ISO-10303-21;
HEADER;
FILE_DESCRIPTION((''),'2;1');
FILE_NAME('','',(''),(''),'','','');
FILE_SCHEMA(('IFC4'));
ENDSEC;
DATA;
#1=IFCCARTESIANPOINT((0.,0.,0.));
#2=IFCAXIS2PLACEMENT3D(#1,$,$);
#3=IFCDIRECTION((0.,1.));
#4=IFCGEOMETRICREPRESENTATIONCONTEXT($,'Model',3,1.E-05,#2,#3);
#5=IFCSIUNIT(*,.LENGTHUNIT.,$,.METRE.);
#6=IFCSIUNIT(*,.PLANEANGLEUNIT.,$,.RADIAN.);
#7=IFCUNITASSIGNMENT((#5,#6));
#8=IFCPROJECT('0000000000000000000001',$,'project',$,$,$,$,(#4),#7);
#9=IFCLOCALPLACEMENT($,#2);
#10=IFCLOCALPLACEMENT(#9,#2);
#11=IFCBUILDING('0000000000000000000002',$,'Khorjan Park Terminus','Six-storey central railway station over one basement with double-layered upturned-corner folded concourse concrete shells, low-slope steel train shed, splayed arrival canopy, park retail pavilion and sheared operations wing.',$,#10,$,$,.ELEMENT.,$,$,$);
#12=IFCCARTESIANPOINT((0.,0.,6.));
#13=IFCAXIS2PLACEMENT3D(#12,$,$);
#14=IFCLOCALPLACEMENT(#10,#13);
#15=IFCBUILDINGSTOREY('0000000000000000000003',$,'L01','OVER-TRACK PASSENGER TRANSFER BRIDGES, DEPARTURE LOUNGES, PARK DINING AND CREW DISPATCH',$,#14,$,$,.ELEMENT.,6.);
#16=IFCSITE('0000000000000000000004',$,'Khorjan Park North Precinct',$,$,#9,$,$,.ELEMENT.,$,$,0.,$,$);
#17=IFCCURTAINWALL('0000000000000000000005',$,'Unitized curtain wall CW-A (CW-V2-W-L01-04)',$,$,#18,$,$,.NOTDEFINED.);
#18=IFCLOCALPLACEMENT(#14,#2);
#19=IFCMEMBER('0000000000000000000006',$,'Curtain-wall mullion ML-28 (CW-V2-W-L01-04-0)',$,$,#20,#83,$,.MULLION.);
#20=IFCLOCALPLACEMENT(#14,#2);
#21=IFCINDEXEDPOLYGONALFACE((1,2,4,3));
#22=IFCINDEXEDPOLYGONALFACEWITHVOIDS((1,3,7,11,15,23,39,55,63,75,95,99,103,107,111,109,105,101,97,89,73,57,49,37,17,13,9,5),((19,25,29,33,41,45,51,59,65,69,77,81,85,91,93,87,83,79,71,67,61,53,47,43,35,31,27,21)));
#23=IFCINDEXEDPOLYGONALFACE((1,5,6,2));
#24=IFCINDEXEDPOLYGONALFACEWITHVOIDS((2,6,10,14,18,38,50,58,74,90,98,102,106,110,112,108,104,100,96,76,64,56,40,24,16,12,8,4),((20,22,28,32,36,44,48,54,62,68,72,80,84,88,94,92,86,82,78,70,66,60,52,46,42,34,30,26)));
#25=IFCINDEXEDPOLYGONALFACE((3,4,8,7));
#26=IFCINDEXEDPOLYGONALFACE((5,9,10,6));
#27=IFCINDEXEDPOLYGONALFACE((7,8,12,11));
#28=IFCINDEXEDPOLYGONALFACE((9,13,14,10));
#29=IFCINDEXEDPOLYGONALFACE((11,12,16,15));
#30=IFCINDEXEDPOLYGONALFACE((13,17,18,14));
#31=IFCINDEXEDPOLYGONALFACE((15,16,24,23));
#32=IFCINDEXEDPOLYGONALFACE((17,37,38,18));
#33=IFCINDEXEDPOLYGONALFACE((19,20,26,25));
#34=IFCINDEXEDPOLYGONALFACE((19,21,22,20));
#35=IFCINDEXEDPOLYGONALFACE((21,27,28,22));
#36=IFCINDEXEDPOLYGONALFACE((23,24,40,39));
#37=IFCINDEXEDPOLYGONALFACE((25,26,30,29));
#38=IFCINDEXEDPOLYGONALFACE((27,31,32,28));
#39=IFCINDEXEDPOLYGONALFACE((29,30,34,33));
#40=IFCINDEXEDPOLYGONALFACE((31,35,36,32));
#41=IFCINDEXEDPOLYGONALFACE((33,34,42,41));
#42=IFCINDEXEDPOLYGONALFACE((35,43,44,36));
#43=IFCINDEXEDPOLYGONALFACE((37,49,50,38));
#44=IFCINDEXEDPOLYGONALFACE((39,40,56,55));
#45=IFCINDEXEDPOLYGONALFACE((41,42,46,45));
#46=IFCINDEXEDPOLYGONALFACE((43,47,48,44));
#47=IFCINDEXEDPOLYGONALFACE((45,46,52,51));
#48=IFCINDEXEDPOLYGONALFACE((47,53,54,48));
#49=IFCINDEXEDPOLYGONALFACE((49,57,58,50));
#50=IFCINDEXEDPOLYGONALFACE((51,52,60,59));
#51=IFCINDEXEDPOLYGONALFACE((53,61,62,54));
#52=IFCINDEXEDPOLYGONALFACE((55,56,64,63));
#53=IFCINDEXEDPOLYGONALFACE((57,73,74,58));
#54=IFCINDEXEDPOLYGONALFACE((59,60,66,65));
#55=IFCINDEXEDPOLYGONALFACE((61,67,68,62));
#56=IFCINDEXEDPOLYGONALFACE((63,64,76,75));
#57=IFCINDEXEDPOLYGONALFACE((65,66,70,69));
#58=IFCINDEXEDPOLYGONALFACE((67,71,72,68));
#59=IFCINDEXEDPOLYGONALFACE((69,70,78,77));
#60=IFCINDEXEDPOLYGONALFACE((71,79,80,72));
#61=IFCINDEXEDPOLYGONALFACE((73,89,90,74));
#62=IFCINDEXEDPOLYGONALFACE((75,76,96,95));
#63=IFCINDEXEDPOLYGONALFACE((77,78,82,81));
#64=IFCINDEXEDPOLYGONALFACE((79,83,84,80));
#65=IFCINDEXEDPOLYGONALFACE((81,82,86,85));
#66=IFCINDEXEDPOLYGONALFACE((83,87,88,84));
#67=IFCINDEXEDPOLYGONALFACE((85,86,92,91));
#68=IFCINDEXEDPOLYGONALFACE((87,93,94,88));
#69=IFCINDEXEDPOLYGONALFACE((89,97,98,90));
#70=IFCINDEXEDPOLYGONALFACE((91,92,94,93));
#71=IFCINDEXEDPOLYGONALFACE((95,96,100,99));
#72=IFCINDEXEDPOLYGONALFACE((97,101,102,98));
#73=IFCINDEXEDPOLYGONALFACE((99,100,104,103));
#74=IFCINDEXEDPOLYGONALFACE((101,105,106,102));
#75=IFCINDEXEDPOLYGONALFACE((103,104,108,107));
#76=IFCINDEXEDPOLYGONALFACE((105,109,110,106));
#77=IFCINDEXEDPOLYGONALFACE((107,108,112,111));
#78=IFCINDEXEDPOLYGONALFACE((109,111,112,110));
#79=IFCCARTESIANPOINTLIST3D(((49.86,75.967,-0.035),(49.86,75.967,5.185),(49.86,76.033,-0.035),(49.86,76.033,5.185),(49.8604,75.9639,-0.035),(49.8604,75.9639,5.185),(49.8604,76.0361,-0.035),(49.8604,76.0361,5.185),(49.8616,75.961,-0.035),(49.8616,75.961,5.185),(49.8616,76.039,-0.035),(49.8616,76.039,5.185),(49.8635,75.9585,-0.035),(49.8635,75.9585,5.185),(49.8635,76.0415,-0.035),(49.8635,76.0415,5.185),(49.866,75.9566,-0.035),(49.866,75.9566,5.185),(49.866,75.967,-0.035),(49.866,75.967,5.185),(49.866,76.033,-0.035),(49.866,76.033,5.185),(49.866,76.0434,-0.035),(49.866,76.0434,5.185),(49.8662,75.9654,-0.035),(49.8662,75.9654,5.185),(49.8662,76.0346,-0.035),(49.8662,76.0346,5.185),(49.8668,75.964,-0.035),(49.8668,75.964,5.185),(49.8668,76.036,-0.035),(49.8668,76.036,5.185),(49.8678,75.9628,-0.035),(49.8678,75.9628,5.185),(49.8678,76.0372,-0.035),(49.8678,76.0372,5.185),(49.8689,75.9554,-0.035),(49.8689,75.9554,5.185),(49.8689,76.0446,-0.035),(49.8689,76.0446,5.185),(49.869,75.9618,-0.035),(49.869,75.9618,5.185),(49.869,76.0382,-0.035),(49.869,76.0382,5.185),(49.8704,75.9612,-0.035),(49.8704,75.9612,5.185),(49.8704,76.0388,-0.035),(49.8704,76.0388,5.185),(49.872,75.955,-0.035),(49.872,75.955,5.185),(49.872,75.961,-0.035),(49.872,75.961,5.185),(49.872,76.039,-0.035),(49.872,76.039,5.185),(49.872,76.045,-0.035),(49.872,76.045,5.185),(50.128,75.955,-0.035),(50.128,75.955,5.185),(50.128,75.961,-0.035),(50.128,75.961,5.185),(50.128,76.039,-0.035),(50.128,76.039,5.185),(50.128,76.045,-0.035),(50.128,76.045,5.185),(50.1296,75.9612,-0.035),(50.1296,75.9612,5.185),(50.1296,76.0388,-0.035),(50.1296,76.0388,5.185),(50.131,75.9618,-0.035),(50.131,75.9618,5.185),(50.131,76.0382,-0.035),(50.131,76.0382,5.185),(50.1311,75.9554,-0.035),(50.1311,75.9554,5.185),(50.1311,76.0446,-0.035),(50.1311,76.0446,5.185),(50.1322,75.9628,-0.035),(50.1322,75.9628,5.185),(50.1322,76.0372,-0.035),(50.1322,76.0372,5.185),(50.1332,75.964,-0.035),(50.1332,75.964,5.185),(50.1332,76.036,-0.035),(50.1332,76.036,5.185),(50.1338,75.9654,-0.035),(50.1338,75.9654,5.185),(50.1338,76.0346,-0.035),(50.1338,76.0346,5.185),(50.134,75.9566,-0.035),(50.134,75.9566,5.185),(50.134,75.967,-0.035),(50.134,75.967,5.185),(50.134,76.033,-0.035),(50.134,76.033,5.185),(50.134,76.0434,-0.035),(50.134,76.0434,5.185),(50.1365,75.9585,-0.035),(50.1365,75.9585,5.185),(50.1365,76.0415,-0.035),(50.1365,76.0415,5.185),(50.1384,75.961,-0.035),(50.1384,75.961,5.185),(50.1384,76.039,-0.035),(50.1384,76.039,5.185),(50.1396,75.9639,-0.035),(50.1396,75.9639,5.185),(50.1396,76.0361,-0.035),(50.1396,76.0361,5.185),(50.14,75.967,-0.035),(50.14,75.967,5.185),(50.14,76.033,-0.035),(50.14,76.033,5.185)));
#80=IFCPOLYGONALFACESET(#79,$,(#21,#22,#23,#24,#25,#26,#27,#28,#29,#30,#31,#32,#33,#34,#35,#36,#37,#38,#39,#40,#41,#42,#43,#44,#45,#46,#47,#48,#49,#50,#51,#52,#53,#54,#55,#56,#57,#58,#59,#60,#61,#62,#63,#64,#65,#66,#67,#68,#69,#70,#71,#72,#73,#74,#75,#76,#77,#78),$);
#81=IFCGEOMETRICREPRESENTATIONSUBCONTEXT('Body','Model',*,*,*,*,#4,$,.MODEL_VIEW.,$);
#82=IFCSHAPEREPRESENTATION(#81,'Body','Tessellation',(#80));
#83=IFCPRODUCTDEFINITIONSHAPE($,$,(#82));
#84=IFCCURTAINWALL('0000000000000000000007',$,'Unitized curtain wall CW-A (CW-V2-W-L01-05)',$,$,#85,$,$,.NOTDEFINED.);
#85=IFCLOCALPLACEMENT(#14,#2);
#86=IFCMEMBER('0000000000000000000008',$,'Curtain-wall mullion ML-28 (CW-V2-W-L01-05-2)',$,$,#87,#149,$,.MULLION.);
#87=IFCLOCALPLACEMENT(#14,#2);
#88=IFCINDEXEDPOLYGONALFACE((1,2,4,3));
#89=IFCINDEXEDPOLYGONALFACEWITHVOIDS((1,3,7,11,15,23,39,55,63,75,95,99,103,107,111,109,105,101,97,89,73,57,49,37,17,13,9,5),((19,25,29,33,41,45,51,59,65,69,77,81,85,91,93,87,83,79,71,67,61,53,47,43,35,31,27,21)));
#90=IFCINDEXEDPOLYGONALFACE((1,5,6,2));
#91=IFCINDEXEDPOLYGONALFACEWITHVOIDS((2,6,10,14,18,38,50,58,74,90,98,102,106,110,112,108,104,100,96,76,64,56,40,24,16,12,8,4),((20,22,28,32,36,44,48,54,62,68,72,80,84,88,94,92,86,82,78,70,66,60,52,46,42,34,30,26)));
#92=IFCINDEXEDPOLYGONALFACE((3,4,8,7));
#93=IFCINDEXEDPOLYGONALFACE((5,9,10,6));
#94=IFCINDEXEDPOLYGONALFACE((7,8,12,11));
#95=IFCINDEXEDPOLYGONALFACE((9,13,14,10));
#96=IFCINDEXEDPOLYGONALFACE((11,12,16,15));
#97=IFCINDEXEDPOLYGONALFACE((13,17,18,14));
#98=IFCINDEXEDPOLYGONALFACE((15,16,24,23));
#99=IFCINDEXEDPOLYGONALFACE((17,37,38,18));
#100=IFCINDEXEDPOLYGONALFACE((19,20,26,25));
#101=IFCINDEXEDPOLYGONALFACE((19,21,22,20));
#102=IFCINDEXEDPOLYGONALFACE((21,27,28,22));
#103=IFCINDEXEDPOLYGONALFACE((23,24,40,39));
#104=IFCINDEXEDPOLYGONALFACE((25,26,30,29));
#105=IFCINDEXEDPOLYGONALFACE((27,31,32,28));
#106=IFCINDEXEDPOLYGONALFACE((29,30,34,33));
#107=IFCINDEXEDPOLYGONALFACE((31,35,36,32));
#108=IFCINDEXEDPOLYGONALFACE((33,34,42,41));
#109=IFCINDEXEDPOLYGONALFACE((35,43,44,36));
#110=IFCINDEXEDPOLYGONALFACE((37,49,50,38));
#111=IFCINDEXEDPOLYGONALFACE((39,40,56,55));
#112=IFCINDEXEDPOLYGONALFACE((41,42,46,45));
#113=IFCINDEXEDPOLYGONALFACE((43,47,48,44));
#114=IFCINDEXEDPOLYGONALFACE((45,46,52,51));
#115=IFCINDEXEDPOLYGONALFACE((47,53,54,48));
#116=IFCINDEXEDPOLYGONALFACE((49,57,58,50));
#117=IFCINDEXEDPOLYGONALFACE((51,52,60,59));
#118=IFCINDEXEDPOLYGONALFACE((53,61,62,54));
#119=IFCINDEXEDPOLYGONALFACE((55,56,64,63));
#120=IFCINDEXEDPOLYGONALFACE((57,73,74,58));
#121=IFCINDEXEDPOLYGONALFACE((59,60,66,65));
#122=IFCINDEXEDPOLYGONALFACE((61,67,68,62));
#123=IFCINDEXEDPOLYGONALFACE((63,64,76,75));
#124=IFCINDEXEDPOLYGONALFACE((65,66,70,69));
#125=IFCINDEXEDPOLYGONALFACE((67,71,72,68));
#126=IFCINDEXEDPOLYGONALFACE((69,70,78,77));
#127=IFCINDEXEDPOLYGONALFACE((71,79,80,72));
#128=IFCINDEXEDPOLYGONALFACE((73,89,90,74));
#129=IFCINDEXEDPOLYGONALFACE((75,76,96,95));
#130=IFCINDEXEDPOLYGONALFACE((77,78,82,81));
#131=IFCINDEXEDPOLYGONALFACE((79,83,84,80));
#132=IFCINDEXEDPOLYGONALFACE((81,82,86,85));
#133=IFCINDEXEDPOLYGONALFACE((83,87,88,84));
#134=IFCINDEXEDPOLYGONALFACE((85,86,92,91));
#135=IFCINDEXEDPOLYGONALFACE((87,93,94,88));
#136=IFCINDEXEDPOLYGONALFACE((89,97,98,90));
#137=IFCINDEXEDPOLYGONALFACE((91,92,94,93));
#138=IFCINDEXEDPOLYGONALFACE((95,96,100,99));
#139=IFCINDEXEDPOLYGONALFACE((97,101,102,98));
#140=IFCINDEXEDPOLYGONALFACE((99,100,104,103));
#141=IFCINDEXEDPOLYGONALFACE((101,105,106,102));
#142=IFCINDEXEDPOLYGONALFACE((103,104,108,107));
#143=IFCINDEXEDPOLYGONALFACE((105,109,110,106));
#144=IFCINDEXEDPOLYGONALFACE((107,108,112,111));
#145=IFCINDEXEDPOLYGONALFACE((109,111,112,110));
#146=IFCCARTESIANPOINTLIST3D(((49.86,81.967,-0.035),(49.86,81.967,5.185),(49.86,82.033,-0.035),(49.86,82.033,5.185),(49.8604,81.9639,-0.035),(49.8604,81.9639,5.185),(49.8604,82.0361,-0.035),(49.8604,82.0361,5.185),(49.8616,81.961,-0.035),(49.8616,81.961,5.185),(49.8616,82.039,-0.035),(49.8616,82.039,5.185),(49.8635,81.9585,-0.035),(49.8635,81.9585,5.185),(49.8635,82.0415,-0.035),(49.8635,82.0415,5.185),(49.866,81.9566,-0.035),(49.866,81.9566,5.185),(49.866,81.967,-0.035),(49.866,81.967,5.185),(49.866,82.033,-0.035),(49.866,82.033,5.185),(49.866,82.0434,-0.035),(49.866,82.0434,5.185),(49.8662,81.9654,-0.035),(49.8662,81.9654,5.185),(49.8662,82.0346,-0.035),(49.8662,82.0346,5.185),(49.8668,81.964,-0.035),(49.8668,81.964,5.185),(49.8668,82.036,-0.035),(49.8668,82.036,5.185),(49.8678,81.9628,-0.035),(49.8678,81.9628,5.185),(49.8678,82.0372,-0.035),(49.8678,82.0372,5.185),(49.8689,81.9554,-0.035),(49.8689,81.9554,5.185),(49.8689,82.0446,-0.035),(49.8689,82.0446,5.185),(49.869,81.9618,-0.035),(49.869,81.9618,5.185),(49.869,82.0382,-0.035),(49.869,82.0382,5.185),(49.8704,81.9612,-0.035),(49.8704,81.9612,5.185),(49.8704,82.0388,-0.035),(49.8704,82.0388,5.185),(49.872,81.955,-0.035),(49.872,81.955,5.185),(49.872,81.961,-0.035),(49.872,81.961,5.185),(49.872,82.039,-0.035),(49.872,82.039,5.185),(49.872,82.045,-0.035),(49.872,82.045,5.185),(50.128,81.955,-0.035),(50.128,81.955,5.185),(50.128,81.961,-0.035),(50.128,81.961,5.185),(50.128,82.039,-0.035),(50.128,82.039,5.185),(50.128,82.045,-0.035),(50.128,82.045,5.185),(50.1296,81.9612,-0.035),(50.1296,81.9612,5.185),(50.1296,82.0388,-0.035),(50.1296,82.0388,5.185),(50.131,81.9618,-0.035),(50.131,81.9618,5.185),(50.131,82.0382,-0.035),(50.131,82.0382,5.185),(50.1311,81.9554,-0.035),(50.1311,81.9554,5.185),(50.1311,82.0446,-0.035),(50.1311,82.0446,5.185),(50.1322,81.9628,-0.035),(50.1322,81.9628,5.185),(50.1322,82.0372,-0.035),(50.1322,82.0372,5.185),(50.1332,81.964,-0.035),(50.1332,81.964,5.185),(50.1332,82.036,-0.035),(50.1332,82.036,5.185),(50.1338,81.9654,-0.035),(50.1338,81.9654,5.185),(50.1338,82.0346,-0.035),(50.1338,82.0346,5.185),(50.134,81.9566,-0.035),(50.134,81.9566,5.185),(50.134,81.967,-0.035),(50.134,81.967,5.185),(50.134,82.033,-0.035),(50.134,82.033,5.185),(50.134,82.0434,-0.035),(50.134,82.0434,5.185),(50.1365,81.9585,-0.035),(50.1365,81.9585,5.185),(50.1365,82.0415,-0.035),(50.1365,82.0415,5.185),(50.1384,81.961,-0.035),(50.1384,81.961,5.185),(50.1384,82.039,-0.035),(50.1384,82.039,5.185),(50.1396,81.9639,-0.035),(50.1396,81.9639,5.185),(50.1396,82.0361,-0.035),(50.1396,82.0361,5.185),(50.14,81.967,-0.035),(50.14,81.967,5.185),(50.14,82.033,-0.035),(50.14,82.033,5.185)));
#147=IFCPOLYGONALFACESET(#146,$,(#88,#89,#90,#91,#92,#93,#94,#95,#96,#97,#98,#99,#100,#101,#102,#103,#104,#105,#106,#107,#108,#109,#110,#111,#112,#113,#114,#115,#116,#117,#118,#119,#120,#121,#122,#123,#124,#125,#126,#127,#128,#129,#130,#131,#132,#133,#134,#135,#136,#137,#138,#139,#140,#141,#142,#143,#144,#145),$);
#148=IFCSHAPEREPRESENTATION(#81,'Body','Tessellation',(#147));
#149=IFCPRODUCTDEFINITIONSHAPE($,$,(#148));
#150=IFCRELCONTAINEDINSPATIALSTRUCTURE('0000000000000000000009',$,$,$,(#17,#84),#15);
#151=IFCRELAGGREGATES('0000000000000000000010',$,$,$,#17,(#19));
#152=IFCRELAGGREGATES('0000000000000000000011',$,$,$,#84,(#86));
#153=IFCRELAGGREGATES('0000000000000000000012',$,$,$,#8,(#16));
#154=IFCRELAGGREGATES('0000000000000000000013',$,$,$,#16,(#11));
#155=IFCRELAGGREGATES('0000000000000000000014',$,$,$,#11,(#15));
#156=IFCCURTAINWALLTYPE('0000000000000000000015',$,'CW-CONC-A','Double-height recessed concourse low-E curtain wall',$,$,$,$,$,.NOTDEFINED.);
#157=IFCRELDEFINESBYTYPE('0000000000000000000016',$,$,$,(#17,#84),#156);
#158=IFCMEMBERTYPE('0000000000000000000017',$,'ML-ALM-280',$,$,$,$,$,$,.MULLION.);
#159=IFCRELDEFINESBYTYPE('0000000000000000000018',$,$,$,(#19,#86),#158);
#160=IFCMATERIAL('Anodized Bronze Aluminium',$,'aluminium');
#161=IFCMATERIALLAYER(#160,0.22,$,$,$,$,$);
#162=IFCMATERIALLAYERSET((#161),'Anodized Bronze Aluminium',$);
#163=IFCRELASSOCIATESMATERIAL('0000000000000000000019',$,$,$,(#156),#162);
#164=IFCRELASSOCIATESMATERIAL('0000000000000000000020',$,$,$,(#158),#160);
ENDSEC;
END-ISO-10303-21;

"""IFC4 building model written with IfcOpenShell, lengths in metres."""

from ifc_helpers import new_model, si_unit, direction, frame, origin, origin_2d, place, context, subcontext, project, spatial, hollow_rectangle, extrude, material, layer, layer_set, material_profile, profile_set, type_object, element, aggregate, save


model = new_model("IFC4")

# Units and contexts
model_context = context("Model", 3, precision=1e-05, world=origin(), true_north=direction((0.0, 1.0)))
body_context = subcontext(model_context, "Body", "Model", "MODEL_VIEW")
ifc_project = project(units=[si_unit("LENGTHUNIT", "METRE"), si_unit("PLANEANGLEUNIT", "RADIAN")], contexts=[model_context])

# Site, building, storey
site_placement = place(None, origin())
site = spatial("IfcSite", under=ifc_project, at=site_placement, Name="Khorjan Park North Precinct", CompositionType="ELEMENT", RefElevation=0.0)
building_placement = place(site_placement, origin())
building = spatial("IfcBuilding", under=site, at=building_placement, Name="Khorjan Park Terminus", Description="Six-storey central railway station over one basement with double-layered upturned-corner folded concourse concrete shells, low-slope steel train shed, splayed arrival canopy, park retail pavilion and sheared operations wing.", CompositionType="ELEMENT")
storey_placement = place(building_placement, frame((0.0, 0.0, 6.0)))
storey = spatial("IfcBuildingStorey", under=building, at=storey_placement, Name="L01", Description="OVER-TRACK PASSENGER TRANSFER BRIDGES, DEPARTURE LOUNGES, PARK DINING AND CREW DISPATCH", CompositionType="ELEMENT", Elevation=6.0)

# Curtain wall, member
ifc_material_1 = material(Name="Anodized Bronze Aluminium", Category="aluminium")
ifc_layer_1 = layer(ifc_material_1, 0.22)
ifc_layer_set_1 = layer_set([ifc_layer_1], Name="Anodized Bronze Aluminium")
curtain_wall_type = type_object("IfcCurtainWallType", Name="CW-CONC-A", Description="Double-height recessed concourse low-E curtain wall", PredefinedType="NOTDEFINED", material=ifc_layer_set_1)
curtain_wall_1_placement = place(storey_placement, origin())
curtain_wall_1 = element("IfcCurtainWall", 1, at=curtain_wall_1_placement, inside=storey, type_object=curtain_wall_type, Name="Unitized curtain wall CW-A (CW-V2-W-L01-04)", PredefinedType="NOTDEFINED")
ifc_material_profile_1 = material_profile(ifc_material_1, hollow_rectangle(XDim=0.09, YDim=0.28, WallThickness=0.006, InnerFilletRadius=0.006, OuterFilletRadius=0.012, at=origin_2d()), Name="ALM 90x280x6")
ifc_profile_set_1 = profile_set([ifc_material_profile_1], Name="Anodized Bronze Aluminium")
member_type_1 = type_object("IfcMemberType", Name="ML-ALM-280", PredefinedType="MULLION", material=ifc_profile_set_1)
member_1_placement = place(storey_placement, frame((50.0, 76.0, -0.035), z_axis=(0.0, 0.0, 1.0), x_axis=(0.0, -1.0, 0.0)))
member_1 = element("IfcMember", 2, at=member_1_placement, type_object=member_type_1, Name="Curtain-wall mullion ML-28 (CW-V2-W-L01-04-0)", PredefinedType="MULLION", context=body_context, shape_type="SweptSolid", body=[
    extrude(hollow_rectangle(XDim=0.09, YDim=0.28, WallThickness=0.006, InnerFilletRadius=0.006, OuterFilletRadius=0.012, at=origin_2d()), origin(), (0.0, 0.0, 1.0), 5.22),
])

# Curtain wall, member
curtain_wall_2_placement = place(storey_placement, origin())
curtain_wall_2 = element("IfcCurtainWall", 3, at=curtain_wall_2_placement, inside=storey, type_object=curtain_wall_type, Name="Unitized curtain wall CW-A (CW-V2-W-L01-05)", PredefinedType="NOTDEFINED")
member_2_placement = place(storey_placement, frame((50.0, 82.0, -0.035), z_axis=(0.0, 0.0, 1.0), x_axis=(0.0, -1.0, 0.0)))
member_2 = element("IfcMember", 4, at=member_2_placement, type_object=member_type_1, Name="Curtain-wall mullion ML-28 (CW-V2-W-L01-05-2)", PredefinedType="MULLION", context=body_context, shape_type="SweptSolid", body=[
    extrude(hollow_rectangle(XDim=0.09, YDim=0.28, WallThickness=0.006, InnerFilletRadius=0.006, OuterFilletRadius=0.012, at=origin_2d()), origin(), (0.0, 0.0, 1.0), 5.22),
])

aggregate(curtain_wall_1, [member_1])
aggregate(curtain_wall_2, [member_2])

save(model, "model.ifc")
